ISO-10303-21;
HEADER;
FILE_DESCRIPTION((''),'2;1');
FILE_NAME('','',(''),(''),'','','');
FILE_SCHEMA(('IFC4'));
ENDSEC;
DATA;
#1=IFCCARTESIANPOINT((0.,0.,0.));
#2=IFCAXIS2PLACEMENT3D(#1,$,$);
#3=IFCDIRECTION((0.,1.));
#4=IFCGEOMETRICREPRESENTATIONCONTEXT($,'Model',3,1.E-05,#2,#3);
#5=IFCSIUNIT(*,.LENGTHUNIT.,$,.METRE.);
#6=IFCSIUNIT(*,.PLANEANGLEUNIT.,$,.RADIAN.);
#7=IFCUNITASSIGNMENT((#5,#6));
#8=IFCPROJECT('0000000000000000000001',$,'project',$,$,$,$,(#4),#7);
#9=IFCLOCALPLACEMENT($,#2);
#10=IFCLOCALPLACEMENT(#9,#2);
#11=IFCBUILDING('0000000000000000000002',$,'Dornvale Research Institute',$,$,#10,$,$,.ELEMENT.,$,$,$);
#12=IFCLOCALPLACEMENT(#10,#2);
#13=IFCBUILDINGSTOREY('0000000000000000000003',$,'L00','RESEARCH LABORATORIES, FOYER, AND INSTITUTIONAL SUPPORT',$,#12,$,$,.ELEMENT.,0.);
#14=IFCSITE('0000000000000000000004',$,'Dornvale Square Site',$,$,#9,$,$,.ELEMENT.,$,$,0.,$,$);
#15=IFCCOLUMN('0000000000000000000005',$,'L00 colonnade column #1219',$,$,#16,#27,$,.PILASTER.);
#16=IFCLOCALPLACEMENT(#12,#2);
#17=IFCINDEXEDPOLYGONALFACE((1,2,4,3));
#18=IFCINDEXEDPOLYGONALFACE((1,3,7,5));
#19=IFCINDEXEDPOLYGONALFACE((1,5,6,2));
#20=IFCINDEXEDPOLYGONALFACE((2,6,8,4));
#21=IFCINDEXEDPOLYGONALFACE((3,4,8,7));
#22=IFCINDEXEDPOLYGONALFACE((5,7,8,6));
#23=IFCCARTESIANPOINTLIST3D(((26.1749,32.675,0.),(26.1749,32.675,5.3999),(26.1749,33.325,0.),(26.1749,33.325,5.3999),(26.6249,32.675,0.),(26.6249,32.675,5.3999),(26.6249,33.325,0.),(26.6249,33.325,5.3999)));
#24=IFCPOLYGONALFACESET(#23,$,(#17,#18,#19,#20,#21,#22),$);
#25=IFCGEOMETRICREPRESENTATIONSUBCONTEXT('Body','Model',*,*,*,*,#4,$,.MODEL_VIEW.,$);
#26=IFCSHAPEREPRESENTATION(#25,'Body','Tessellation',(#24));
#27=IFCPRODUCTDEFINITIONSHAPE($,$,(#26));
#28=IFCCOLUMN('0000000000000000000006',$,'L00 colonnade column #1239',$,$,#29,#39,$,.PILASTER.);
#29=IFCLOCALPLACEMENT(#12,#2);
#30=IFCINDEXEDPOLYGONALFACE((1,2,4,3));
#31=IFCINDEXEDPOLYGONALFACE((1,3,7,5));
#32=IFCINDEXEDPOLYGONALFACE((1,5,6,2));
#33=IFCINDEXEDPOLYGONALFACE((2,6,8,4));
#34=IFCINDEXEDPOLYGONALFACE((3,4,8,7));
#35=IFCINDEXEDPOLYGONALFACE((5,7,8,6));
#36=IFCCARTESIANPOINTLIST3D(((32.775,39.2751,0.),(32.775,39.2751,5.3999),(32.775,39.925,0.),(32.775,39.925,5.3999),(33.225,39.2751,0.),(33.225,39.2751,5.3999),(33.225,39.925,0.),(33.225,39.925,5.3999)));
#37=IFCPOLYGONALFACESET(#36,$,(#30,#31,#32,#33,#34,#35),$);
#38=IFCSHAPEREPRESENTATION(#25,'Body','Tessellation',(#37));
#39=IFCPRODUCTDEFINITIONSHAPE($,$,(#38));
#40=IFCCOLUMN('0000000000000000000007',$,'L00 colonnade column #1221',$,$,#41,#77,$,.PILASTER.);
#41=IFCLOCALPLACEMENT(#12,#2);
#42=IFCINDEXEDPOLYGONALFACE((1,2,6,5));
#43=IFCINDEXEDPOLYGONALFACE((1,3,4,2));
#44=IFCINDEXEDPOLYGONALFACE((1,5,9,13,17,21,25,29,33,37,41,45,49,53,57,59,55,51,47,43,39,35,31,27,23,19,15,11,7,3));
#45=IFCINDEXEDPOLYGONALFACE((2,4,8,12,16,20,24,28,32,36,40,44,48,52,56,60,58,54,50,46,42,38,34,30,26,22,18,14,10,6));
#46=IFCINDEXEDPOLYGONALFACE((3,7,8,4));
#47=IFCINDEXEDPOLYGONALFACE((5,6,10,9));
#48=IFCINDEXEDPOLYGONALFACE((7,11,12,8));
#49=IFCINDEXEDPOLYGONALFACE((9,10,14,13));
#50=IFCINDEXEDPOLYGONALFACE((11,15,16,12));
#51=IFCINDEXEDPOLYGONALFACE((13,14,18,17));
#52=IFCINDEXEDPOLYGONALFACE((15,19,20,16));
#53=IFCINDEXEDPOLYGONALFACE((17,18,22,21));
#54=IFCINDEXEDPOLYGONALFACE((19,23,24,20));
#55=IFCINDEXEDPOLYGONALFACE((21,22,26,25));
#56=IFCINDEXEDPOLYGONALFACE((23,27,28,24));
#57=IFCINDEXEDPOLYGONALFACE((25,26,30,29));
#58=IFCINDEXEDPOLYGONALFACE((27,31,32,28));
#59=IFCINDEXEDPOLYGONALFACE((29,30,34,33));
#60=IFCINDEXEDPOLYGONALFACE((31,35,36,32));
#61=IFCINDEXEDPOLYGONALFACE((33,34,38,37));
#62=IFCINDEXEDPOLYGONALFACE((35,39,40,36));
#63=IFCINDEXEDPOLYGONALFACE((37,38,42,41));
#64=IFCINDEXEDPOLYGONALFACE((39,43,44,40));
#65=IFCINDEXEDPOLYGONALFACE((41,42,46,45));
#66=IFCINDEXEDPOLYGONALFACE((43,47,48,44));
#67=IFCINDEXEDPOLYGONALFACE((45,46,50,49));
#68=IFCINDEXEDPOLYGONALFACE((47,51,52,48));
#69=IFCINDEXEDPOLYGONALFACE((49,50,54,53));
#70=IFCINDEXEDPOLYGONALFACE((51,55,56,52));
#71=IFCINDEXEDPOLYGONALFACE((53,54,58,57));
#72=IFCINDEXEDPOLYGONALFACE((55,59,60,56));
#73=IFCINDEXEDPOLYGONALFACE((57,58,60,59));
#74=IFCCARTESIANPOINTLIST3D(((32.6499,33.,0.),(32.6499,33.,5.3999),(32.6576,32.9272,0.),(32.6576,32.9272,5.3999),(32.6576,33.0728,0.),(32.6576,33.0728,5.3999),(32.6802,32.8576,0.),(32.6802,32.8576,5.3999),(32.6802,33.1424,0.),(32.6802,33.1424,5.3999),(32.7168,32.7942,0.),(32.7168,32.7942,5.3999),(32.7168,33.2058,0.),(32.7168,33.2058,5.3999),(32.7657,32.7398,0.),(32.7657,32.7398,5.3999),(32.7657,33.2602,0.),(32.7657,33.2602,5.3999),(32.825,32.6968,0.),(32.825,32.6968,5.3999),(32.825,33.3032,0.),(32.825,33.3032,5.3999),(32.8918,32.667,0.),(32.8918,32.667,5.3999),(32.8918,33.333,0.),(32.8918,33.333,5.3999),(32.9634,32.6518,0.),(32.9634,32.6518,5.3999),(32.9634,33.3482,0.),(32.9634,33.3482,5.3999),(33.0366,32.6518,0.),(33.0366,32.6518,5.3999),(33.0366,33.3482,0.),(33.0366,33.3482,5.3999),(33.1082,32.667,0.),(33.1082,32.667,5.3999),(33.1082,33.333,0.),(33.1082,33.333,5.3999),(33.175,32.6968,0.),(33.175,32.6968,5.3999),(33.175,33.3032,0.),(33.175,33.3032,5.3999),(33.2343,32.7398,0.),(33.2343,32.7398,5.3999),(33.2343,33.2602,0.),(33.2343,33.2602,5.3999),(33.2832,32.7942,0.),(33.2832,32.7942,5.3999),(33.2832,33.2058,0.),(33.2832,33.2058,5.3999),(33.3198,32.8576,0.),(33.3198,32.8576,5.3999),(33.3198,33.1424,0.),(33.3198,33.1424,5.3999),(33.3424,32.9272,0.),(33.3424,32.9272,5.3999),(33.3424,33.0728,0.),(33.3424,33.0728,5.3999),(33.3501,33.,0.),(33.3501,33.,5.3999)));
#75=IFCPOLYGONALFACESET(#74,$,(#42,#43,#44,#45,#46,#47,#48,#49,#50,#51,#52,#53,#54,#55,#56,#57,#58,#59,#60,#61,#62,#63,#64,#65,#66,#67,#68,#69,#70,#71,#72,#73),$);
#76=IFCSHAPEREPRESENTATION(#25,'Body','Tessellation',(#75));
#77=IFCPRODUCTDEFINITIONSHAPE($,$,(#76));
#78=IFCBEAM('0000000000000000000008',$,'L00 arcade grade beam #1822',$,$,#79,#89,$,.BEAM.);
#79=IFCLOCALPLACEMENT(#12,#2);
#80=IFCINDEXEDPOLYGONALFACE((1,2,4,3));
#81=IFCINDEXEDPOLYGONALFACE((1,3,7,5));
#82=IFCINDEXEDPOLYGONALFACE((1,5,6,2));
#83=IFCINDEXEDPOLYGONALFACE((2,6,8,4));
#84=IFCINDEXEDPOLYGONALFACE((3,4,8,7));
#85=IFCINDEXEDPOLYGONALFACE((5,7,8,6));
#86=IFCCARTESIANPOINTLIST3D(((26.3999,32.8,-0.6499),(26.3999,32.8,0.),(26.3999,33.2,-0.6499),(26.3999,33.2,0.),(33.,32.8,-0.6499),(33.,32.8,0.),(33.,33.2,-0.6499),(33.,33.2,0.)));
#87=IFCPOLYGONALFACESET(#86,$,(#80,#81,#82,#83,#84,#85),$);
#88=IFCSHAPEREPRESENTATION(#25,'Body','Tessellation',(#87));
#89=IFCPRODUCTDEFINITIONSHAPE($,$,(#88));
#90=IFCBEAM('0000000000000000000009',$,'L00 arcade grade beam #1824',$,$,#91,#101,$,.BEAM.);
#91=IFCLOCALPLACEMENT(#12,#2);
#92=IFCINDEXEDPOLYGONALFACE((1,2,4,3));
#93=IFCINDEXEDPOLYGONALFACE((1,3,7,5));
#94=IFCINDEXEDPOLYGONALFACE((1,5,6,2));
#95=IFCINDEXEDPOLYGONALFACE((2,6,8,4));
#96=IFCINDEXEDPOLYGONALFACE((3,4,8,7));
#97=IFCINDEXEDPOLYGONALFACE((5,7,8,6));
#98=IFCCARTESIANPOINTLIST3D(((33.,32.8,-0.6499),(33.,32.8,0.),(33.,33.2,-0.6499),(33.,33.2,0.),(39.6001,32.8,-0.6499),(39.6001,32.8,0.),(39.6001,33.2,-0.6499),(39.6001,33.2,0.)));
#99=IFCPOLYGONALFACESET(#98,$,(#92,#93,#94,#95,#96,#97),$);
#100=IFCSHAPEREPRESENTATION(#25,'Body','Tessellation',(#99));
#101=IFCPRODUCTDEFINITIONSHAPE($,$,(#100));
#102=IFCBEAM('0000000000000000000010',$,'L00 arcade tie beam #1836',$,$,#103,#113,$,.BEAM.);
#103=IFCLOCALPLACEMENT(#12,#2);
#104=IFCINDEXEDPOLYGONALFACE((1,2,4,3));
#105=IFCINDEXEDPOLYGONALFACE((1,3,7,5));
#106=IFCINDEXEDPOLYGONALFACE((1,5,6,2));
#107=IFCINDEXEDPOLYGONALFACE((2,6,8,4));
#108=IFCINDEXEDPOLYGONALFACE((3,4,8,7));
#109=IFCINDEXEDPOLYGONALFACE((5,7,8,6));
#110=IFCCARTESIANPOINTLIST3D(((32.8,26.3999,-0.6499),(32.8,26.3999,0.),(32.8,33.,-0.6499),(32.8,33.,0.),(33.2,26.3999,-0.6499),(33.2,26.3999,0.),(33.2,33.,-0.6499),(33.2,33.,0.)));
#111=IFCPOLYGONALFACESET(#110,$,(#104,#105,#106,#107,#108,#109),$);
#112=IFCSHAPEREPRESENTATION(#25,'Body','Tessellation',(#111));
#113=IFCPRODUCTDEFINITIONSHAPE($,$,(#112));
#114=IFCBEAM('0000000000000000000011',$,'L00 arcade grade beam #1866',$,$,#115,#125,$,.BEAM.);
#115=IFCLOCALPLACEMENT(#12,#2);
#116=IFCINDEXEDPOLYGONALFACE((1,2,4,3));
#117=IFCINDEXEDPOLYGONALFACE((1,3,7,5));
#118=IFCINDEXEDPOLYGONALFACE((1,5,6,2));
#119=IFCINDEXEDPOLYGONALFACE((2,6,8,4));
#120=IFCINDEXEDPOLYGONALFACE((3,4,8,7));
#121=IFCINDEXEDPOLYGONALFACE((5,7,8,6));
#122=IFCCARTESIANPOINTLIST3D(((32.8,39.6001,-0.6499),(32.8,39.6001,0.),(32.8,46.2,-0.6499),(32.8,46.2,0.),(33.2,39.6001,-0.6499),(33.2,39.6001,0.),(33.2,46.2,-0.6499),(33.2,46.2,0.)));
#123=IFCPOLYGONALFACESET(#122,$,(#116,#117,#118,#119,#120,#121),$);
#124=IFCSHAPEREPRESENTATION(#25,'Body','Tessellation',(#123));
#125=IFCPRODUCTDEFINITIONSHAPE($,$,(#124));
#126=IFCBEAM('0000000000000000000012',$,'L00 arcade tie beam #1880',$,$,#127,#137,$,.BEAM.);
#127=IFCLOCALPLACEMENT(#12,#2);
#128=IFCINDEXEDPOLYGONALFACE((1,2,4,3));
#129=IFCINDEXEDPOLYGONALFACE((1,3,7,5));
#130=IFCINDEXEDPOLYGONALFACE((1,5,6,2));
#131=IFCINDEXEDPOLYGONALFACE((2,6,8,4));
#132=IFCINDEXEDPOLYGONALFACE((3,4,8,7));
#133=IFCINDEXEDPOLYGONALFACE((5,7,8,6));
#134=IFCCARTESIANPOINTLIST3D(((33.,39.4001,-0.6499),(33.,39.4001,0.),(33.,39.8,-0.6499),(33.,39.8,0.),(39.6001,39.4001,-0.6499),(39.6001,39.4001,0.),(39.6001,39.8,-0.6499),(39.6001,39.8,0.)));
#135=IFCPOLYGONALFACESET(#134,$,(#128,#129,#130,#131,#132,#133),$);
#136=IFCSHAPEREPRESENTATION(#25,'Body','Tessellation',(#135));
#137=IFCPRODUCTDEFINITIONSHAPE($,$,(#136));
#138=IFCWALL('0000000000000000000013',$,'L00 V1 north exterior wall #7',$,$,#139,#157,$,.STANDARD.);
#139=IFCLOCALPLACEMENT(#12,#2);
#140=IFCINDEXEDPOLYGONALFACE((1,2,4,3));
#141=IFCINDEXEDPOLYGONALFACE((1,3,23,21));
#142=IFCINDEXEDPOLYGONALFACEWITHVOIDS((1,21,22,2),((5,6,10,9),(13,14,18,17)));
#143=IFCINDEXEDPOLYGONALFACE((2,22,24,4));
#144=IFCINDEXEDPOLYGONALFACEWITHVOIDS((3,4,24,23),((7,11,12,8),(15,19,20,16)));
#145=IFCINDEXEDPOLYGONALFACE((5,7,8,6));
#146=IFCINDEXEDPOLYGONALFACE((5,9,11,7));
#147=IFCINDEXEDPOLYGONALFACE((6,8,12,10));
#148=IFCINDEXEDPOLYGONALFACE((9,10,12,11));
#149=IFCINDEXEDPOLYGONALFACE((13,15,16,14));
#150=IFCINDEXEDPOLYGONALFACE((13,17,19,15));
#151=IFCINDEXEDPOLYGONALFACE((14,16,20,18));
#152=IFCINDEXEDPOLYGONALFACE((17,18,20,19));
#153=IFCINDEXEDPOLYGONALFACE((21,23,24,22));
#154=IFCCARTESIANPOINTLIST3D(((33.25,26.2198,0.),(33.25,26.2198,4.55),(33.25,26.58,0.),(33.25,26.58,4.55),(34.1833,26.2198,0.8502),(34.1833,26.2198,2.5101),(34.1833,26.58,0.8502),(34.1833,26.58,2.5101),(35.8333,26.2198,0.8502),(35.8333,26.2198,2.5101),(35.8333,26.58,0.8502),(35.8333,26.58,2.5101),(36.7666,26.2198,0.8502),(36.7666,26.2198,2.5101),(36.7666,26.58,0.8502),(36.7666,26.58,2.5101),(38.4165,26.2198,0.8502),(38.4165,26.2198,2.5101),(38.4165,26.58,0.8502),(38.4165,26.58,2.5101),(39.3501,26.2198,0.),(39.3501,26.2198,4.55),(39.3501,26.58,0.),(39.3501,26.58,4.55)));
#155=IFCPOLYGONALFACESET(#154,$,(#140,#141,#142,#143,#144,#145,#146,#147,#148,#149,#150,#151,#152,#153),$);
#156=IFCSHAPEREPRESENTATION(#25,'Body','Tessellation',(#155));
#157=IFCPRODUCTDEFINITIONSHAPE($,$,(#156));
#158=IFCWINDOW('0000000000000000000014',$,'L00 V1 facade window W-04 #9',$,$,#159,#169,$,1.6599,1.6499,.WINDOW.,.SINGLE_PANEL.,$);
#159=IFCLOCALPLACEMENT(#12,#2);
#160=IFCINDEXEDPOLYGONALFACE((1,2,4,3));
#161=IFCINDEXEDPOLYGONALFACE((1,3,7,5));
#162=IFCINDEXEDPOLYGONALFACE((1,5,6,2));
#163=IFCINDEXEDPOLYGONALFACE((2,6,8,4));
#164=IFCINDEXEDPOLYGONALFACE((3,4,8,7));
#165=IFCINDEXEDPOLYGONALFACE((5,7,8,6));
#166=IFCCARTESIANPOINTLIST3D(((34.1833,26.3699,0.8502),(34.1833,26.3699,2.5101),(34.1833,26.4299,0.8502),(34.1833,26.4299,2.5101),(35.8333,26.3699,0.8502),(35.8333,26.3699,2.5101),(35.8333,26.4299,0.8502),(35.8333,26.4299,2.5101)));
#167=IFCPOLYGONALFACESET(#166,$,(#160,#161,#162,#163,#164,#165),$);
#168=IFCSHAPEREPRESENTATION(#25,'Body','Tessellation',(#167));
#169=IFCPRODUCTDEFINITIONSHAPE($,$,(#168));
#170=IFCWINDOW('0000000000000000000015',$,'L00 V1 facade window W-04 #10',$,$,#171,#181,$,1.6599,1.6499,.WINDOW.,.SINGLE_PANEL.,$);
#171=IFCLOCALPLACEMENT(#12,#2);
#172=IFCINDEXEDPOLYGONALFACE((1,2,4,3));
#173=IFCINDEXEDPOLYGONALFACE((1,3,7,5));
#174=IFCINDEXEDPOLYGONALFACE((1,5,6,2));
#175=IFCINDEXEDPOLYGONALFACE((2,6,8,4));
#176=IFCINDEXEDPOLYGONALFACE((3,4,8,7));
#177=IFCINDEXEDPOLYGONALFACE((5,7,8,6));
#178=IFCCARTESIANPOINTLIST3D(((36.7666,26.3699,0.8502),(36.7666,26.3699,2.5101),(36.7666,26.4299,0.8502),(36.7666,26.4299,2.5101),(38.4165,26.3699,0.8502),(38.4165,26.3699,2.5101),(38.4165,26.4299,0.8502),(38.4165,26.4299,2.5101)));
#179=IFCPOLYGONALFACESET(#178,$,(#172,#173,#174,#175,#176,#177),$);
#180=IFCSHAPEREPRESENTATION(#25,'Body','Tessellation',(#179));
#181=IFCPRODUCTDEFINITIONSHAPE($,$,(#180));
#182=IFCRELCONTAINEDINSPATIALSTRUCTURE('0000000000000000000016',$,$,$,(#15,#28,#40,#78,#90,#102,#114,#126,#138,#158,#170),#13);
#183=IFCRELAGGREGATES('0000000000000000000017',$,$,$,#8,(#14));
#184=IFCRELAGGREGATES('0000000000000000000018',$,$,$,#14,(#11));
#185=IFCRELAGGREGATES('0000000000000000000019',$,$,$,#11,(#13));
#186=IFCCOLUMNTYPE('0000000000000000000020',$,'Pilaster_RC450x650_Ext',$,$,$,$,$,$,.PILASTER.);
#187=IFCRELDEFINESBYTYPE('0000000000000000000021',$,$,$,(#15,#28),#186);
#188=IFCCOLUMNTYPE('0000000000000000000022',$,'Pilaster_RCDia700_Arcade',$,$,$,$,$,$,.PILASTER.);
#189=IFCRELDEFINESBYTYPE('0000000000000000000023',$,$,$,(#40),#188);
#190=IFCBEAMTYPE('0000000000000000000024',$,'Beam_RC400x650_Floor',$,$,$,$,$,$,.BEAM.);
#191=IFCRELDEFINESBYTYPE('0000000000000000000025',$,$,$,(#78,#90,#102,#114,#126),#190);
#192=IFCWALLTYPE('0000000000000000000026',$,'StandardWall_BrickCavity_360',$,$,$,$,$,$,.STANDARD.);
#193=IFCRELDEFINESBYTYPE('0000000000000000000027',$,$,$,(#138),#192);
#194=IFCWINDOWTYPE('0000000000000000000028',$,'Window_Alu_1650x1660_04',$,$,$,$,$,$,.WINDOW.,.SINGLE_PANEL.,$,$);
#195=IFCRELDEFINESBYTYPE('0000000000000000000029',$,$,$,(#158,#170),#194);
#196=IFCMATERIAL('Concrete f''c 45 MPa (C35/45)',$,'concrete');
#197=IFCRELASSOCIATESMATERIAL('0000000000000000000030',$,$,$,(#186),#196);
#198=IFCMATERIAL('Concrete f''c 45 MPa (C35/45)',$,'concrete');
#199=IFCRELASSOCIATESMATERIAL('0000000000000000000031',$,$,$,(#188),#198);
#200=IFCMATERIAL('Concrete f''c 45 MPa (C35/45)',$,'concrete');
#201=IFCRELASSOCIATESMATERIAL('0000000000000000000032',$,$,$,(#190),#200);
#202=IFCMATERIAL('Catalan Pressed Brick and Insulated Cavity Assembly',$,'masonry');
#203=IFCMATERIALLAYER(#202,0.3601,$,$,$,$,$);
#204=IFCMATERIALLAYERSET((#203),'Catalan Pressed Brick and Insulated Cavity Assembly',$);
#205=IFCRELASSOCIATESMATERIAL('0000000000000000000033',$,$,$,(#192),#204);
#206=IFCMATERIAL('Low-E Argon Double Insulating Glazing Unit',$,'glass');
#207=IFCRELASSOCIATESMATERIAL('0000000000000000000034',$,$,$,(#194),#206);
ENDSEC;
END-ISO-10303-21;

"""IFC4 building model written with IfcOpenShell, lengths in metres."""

from ifc_helpers import new_model, si_unit, direction, frame, frame_2d, origin, origin_2d, place, context, subcontext, project, spatial, rectangle, circle, extrude, material, layer, layer_set, material_profile, profile_set, type_object, element, fill, save


model = new_model("IFC4")

# Units and contexts
model_context = context("Model", 3, precision=1e-05, world=origin(), true_north=direction((0.0, 1.0)))
body_context = subcontext(model_context, "Body", "Model", "MODEL_VIEW")
ifc_project = project(units=[si_unit("LENGTHUNIT", "METRE"), si_unit("PLANEANGLEUNIT", "RADIAN")], contexts=[model_context])

# Site, building, storey
site_placement = place(None, origin())
site = spatial("IfcSite", under=ifc_project, at=site_placement, Name="Dornvale Square Site", CompositionType="ELEMENT", RefElevation=0.0)
building_placement = place(site_placement, origin())
building = spatial("IfcBuilding", under=site, at=building_placement, Name="Dornvale Research Institute", CompositionType="ELEMENT")
storey_placement = place(building_placement, origin())
storey = spatial("IfcBuildingStorey", under=building, at=storey_placement, Name="L00", Description="RESEARCH LABORATORIES, FOYER, AND INSTITUTIONAL SUPPORT", CompositionType="ELEMENT", Elevation=0.0)

# Columns
ifc_material_1 = material(Name="Concrete f'c 45 MPa (C35/45)", Category="concrete")
ifc_material_profile_1 = material_profile(ifc_material_1, rectangle(XDim=0.45, YDim=0.6499, at=origin_2d()), Name="RC 450x650")
ifc_profile_set_1 = profile_set([ifc_material_profile_1], Name="Concrete f'c 45 MPa (C35/45)")
column_type_1 = type_object("IfcColumnType", Name="Pilaster_RC450x650_Ext", PredefinedType="PILASTER", material=ifc_profile_set_1)
for number, where, z_axis, x_axis, name in (
    (1, (26.3999, 33.0, 0.0), (0.0, 0.0, 1.0), (1.0, 0.0, 0.0), "L00 colonnade column #1219"),
    (2, (33.0, 39.6001, 0.0), (0.0, 0.0, 1.0), (1.0, 0.0, 0.0), "L00 colonnade column #1239"),
):
    element("IfcColumn", number, at=place(storey_placement, frame(where, z_axis=z_axis, x_axis=x_axis)), inside=storey, type_object=column_type_1, Name=name, PredefinedType="PILASTER", context=body_context, shape_type="SweptSolid", body=[
        extrude(rectangle(XDim=0.45, YDim=0.6499, at=origin_2d()), origin(), (0.0, 0.0, 1.0), 5.3999),
    ])
ifc_material_2 = material(Name="Concrete f'c 45 MPa (C35/45)", Category="concrete")
ifc_material_profile_2 = material_profile(ifc_material_2, circle(Radius=0.3501, at=origin_2d()), Name="RC DIA 700")
ifc_profile_set_2 = profile_set([ifc_material_profile_2], Name="Concrete f'c 45 MPa (C35/45)")
column_type_2 = type_object("IfcColumnType", Name="Pilaster_RCDia700_Arcade", PredefinedType="PILASTER", material=ifc_profile_set_2)
column_placement = place(storey_placement, frame((33.0, 33.0, 0.0), z_axis=(0.0, 0.0, 1.0), x_axis=(1.0, 0.0, 0.0)))
element("IfcColumn", 3, at=column_placement, inside=storey, type_object=column_type_2, Name="L00 colonnade column #1221", PredefinedType="PILASTER", context=body_context, shape_type="SweptSolid", body=[
    extrude(circle(Radius=0.3501, at=origin_2d()), origin(), (0.0, 0.0, 1.0), 5.3999),
])

# Beams
ifc_material_3 = material(Name="Concrete f'c 45 MPa (C35/45)", Category="concrete")
ifc_material_profile_3 = material_profile(ifc_material_3, rectangle(XDim=0.3999, YDim=0.6499, at=origin_2d()), Name="RC 400x650")
ifc_profile_set_3 = profile_set([ifc_material_profile_3], Name="Concrete f'c 45 MPa (C35/45)")
beam_type = type_object("IfcBeamType", Name="Beam_RC400x650_Floor", PredefinedType="BEAM", material=ifc_profile_set_3)
for number, where, z_axis, x_axis, name in (
    (4, (26.3999, 33.0, -0.325), (1.0, 0.0, 0.0), (0.0, 1.0, 0.0), "L00 arcade grade beam #1822"),
    (5, (33.0, 33.0, -0.325), (1.0, 0.0, 0.0), (0.0, 1.0, 0.0), "L00 arcade grade beam #1824"),
    (6, (33.0, 26.3999, -0.325), (0.0, 1.0, 0.0), (-1.0, 0.0, 0.0), "L00 arcade tie beam #1836"),
):
    element("IfcBeam", number, at=place(storey_placement, frame(where, z_axis=z_axis, x_axis=x_axis)), inside=storey, type_object=beam_type, Name=name, PredefinedType="BEAM", context=body_context, shape_type="SweptSolid", body=[
        extrude(rectangle(XDim=0.3999, YDim=0.6499, at=origin_2d()), origin(), (0.0, 0.0, 1.0), 6.6001),
    ])
beam_1_placement = place(storey_placement, frame((33.0, 39.6001, -0.325), z_axis=(0.0, 1.0, 0.0), x_axis=(-1.0, 0.0, 0.0)))
element("IfcBeam", 7, at=beam_1_placement, inside=storey, type_object=beam_type, Name="L00 arcade grade beam #1866", PredefinedType="BEAM", context=body_context, shape_type="SweptSolid", body=[
    extrude(rectangle(XDim=0.3999, YDim=0.6499, at=origin_2d()), origin(), (0.0, 0.0, 1.0), 6.5999),
])
beam_2_placement = place(storey_placement, frame((33.0, 39.6001, -0.325), z_axis=(1.0, 0.0, 0.0), x_axis=(0.0, 1.0, 0.0)))
element("IfcBeam", 8, at=beam_2_placement, inside=storey, type_object=beam_type, Name="L00 arcade tie beam #1880", PredefinedType="BEAM", context=body_context, shape_type="SweptSolid", body=[
    extrude(rectangle(XDim=0.3999, YDim=0.6499, at=origin_2d()), origin(), (0.0, 0.0, 1.0), 6.6001),
])

# Wall, openings, windows
ifc_material_4 = material(Name="Catalan Pressed Brick and Insulated Cavity Assembly", Category="masonry")
ifc_layer_1 = layer(ifc_material_4, 0.3601)
ifc_layer_set_1 = layer_set([ifc_layer_1], Name="Catalan Pressed Brick and Insulated Cavity Assembly")
wall_type = type_object("IfcWallType", Name="StandardWall_BrickCavity_360", PredefinedType="STANDARD", material=ifc_layer_set_1)
wall_placement = place(storey_placement, frame((33.25, 26.3999, 0.0), z_axis=(0.0, 0.0, 1.0), x_axis=(1.0, 0.0, 0.0)))
wall = element("IfcWall", 9, at=wall_placement, inside=storey, type_object=wall_type, Name="L00 V1 north exterior wall #7", PredefinedType="STANDARD", context=body_context, shape_type="SweptSolid", body=[
    extrude(rectangle(XDim=6.1001, YDim=0.3601, at=frame_2d((3.05, 0.0))), origin(), (0.0, 0.0, 1.0), 4.55),
])
opening_1_placement = place(wall_placement, frame((0.9333, 0.0, 0.8501)))
opening_1 = element("IfcOpeningElement", 10, at=opening_1_placement, cuts=wall, PredefinedType="OPENING", context=body_context, shape_type="SweptSolid", body=[
    extrude(rectangle(XDim=1.6499, YDim=1.6599, at=frame_2d((0.825, 0.8301))), frame((0.0, 0.1951, 0.0), z_axis=(0.0, -1.0, 0.0), x_axis=(1.0, 0.0, 0.0)), (0.0, 0.0, 1.0), 0.3901),
])
opening_2_placement = place(wall_placement, frame((3.5166, 0.0, 0.8501)))
opening_2 = element("IfcOpeningElement", 11, at=opening_2_placement, cuts=wall, PredefinedType="OPENING", context=body_context, shape_type="SweptSolid", body=[
    extrude(rectangle(XDim=1.6499, YDim=1.6599, at=frame_2d((0.825, 0.8301))), frame((0.0, 0.1951, 0.0), z_axis=(0.0, -1.0, 0.0), x_axis=(1.0, 0.0, 0.0)), (0.0, 0.0, 1.0), 0.3901),
])
ifc_material_5 = material(Name="Low-E Argon Double Insulating Glazing Unit", Category="glass")
window_type = type_object("IfcWindowType", Name="Window_Alu_1650x1660_04", PartitioningType="SINGLE_PANEL", PredefinedType="WINDOW", material=ifc_material_5)
window_1_placement = place(opening_1_placement, origin())
window_1 = element("IfcWindow", 12, at=window_1_placement, inside=storey, type_object=window_type, Name="L00 V1 facade window W-04 #9", OverallHeight=1.6599, OverallWidth=1.6499, PartitioningType="SINGLE_PANEL", PredefinedType="WINDOW", context=body_context, shape_type="SweptSolid", body=[
    extrude(rectangle(XDim=1.6499, YDim=1.6599, at=frame_2d((0.825, 0.8301))), frame((0.0, 0.03, 0.0), z_axis=(0.0, -1.0, 0.0), x_axis=(1.0, 0.0, 0.0)), (0.0, 0.0, 1.0), 0.0601),
])
fill(opening_1, window_1)
window_2_placement = place(opening_2_placement, origin())
window_2 = element("IfcWindow", 13, at=window_2_placement, inside=storey, type_object=window_type, Name="L00 V1 facade window W-04 #10", OverallHeight=1.6599, OverallWidth=1.6499, PartitioningType="SINGLE_PANEL", PredefinedType="WINDOW", context=body_context, shape_type="SweptSolid", body=[
    extrude(rectangle(XDim=1.6499, YDim=1.6599, at=frame_2d((0.825, 0.8301))), frame((0.0, 0.03, 0.0), z_axis=(0.0, -1.0, 0.0), x_axis=(1.0, 0.0, 0.0)), (0.0, 0.0, 1.0), 0.0601),
])
fill(opening_2, window_2)

save(model, "model.ifc")
